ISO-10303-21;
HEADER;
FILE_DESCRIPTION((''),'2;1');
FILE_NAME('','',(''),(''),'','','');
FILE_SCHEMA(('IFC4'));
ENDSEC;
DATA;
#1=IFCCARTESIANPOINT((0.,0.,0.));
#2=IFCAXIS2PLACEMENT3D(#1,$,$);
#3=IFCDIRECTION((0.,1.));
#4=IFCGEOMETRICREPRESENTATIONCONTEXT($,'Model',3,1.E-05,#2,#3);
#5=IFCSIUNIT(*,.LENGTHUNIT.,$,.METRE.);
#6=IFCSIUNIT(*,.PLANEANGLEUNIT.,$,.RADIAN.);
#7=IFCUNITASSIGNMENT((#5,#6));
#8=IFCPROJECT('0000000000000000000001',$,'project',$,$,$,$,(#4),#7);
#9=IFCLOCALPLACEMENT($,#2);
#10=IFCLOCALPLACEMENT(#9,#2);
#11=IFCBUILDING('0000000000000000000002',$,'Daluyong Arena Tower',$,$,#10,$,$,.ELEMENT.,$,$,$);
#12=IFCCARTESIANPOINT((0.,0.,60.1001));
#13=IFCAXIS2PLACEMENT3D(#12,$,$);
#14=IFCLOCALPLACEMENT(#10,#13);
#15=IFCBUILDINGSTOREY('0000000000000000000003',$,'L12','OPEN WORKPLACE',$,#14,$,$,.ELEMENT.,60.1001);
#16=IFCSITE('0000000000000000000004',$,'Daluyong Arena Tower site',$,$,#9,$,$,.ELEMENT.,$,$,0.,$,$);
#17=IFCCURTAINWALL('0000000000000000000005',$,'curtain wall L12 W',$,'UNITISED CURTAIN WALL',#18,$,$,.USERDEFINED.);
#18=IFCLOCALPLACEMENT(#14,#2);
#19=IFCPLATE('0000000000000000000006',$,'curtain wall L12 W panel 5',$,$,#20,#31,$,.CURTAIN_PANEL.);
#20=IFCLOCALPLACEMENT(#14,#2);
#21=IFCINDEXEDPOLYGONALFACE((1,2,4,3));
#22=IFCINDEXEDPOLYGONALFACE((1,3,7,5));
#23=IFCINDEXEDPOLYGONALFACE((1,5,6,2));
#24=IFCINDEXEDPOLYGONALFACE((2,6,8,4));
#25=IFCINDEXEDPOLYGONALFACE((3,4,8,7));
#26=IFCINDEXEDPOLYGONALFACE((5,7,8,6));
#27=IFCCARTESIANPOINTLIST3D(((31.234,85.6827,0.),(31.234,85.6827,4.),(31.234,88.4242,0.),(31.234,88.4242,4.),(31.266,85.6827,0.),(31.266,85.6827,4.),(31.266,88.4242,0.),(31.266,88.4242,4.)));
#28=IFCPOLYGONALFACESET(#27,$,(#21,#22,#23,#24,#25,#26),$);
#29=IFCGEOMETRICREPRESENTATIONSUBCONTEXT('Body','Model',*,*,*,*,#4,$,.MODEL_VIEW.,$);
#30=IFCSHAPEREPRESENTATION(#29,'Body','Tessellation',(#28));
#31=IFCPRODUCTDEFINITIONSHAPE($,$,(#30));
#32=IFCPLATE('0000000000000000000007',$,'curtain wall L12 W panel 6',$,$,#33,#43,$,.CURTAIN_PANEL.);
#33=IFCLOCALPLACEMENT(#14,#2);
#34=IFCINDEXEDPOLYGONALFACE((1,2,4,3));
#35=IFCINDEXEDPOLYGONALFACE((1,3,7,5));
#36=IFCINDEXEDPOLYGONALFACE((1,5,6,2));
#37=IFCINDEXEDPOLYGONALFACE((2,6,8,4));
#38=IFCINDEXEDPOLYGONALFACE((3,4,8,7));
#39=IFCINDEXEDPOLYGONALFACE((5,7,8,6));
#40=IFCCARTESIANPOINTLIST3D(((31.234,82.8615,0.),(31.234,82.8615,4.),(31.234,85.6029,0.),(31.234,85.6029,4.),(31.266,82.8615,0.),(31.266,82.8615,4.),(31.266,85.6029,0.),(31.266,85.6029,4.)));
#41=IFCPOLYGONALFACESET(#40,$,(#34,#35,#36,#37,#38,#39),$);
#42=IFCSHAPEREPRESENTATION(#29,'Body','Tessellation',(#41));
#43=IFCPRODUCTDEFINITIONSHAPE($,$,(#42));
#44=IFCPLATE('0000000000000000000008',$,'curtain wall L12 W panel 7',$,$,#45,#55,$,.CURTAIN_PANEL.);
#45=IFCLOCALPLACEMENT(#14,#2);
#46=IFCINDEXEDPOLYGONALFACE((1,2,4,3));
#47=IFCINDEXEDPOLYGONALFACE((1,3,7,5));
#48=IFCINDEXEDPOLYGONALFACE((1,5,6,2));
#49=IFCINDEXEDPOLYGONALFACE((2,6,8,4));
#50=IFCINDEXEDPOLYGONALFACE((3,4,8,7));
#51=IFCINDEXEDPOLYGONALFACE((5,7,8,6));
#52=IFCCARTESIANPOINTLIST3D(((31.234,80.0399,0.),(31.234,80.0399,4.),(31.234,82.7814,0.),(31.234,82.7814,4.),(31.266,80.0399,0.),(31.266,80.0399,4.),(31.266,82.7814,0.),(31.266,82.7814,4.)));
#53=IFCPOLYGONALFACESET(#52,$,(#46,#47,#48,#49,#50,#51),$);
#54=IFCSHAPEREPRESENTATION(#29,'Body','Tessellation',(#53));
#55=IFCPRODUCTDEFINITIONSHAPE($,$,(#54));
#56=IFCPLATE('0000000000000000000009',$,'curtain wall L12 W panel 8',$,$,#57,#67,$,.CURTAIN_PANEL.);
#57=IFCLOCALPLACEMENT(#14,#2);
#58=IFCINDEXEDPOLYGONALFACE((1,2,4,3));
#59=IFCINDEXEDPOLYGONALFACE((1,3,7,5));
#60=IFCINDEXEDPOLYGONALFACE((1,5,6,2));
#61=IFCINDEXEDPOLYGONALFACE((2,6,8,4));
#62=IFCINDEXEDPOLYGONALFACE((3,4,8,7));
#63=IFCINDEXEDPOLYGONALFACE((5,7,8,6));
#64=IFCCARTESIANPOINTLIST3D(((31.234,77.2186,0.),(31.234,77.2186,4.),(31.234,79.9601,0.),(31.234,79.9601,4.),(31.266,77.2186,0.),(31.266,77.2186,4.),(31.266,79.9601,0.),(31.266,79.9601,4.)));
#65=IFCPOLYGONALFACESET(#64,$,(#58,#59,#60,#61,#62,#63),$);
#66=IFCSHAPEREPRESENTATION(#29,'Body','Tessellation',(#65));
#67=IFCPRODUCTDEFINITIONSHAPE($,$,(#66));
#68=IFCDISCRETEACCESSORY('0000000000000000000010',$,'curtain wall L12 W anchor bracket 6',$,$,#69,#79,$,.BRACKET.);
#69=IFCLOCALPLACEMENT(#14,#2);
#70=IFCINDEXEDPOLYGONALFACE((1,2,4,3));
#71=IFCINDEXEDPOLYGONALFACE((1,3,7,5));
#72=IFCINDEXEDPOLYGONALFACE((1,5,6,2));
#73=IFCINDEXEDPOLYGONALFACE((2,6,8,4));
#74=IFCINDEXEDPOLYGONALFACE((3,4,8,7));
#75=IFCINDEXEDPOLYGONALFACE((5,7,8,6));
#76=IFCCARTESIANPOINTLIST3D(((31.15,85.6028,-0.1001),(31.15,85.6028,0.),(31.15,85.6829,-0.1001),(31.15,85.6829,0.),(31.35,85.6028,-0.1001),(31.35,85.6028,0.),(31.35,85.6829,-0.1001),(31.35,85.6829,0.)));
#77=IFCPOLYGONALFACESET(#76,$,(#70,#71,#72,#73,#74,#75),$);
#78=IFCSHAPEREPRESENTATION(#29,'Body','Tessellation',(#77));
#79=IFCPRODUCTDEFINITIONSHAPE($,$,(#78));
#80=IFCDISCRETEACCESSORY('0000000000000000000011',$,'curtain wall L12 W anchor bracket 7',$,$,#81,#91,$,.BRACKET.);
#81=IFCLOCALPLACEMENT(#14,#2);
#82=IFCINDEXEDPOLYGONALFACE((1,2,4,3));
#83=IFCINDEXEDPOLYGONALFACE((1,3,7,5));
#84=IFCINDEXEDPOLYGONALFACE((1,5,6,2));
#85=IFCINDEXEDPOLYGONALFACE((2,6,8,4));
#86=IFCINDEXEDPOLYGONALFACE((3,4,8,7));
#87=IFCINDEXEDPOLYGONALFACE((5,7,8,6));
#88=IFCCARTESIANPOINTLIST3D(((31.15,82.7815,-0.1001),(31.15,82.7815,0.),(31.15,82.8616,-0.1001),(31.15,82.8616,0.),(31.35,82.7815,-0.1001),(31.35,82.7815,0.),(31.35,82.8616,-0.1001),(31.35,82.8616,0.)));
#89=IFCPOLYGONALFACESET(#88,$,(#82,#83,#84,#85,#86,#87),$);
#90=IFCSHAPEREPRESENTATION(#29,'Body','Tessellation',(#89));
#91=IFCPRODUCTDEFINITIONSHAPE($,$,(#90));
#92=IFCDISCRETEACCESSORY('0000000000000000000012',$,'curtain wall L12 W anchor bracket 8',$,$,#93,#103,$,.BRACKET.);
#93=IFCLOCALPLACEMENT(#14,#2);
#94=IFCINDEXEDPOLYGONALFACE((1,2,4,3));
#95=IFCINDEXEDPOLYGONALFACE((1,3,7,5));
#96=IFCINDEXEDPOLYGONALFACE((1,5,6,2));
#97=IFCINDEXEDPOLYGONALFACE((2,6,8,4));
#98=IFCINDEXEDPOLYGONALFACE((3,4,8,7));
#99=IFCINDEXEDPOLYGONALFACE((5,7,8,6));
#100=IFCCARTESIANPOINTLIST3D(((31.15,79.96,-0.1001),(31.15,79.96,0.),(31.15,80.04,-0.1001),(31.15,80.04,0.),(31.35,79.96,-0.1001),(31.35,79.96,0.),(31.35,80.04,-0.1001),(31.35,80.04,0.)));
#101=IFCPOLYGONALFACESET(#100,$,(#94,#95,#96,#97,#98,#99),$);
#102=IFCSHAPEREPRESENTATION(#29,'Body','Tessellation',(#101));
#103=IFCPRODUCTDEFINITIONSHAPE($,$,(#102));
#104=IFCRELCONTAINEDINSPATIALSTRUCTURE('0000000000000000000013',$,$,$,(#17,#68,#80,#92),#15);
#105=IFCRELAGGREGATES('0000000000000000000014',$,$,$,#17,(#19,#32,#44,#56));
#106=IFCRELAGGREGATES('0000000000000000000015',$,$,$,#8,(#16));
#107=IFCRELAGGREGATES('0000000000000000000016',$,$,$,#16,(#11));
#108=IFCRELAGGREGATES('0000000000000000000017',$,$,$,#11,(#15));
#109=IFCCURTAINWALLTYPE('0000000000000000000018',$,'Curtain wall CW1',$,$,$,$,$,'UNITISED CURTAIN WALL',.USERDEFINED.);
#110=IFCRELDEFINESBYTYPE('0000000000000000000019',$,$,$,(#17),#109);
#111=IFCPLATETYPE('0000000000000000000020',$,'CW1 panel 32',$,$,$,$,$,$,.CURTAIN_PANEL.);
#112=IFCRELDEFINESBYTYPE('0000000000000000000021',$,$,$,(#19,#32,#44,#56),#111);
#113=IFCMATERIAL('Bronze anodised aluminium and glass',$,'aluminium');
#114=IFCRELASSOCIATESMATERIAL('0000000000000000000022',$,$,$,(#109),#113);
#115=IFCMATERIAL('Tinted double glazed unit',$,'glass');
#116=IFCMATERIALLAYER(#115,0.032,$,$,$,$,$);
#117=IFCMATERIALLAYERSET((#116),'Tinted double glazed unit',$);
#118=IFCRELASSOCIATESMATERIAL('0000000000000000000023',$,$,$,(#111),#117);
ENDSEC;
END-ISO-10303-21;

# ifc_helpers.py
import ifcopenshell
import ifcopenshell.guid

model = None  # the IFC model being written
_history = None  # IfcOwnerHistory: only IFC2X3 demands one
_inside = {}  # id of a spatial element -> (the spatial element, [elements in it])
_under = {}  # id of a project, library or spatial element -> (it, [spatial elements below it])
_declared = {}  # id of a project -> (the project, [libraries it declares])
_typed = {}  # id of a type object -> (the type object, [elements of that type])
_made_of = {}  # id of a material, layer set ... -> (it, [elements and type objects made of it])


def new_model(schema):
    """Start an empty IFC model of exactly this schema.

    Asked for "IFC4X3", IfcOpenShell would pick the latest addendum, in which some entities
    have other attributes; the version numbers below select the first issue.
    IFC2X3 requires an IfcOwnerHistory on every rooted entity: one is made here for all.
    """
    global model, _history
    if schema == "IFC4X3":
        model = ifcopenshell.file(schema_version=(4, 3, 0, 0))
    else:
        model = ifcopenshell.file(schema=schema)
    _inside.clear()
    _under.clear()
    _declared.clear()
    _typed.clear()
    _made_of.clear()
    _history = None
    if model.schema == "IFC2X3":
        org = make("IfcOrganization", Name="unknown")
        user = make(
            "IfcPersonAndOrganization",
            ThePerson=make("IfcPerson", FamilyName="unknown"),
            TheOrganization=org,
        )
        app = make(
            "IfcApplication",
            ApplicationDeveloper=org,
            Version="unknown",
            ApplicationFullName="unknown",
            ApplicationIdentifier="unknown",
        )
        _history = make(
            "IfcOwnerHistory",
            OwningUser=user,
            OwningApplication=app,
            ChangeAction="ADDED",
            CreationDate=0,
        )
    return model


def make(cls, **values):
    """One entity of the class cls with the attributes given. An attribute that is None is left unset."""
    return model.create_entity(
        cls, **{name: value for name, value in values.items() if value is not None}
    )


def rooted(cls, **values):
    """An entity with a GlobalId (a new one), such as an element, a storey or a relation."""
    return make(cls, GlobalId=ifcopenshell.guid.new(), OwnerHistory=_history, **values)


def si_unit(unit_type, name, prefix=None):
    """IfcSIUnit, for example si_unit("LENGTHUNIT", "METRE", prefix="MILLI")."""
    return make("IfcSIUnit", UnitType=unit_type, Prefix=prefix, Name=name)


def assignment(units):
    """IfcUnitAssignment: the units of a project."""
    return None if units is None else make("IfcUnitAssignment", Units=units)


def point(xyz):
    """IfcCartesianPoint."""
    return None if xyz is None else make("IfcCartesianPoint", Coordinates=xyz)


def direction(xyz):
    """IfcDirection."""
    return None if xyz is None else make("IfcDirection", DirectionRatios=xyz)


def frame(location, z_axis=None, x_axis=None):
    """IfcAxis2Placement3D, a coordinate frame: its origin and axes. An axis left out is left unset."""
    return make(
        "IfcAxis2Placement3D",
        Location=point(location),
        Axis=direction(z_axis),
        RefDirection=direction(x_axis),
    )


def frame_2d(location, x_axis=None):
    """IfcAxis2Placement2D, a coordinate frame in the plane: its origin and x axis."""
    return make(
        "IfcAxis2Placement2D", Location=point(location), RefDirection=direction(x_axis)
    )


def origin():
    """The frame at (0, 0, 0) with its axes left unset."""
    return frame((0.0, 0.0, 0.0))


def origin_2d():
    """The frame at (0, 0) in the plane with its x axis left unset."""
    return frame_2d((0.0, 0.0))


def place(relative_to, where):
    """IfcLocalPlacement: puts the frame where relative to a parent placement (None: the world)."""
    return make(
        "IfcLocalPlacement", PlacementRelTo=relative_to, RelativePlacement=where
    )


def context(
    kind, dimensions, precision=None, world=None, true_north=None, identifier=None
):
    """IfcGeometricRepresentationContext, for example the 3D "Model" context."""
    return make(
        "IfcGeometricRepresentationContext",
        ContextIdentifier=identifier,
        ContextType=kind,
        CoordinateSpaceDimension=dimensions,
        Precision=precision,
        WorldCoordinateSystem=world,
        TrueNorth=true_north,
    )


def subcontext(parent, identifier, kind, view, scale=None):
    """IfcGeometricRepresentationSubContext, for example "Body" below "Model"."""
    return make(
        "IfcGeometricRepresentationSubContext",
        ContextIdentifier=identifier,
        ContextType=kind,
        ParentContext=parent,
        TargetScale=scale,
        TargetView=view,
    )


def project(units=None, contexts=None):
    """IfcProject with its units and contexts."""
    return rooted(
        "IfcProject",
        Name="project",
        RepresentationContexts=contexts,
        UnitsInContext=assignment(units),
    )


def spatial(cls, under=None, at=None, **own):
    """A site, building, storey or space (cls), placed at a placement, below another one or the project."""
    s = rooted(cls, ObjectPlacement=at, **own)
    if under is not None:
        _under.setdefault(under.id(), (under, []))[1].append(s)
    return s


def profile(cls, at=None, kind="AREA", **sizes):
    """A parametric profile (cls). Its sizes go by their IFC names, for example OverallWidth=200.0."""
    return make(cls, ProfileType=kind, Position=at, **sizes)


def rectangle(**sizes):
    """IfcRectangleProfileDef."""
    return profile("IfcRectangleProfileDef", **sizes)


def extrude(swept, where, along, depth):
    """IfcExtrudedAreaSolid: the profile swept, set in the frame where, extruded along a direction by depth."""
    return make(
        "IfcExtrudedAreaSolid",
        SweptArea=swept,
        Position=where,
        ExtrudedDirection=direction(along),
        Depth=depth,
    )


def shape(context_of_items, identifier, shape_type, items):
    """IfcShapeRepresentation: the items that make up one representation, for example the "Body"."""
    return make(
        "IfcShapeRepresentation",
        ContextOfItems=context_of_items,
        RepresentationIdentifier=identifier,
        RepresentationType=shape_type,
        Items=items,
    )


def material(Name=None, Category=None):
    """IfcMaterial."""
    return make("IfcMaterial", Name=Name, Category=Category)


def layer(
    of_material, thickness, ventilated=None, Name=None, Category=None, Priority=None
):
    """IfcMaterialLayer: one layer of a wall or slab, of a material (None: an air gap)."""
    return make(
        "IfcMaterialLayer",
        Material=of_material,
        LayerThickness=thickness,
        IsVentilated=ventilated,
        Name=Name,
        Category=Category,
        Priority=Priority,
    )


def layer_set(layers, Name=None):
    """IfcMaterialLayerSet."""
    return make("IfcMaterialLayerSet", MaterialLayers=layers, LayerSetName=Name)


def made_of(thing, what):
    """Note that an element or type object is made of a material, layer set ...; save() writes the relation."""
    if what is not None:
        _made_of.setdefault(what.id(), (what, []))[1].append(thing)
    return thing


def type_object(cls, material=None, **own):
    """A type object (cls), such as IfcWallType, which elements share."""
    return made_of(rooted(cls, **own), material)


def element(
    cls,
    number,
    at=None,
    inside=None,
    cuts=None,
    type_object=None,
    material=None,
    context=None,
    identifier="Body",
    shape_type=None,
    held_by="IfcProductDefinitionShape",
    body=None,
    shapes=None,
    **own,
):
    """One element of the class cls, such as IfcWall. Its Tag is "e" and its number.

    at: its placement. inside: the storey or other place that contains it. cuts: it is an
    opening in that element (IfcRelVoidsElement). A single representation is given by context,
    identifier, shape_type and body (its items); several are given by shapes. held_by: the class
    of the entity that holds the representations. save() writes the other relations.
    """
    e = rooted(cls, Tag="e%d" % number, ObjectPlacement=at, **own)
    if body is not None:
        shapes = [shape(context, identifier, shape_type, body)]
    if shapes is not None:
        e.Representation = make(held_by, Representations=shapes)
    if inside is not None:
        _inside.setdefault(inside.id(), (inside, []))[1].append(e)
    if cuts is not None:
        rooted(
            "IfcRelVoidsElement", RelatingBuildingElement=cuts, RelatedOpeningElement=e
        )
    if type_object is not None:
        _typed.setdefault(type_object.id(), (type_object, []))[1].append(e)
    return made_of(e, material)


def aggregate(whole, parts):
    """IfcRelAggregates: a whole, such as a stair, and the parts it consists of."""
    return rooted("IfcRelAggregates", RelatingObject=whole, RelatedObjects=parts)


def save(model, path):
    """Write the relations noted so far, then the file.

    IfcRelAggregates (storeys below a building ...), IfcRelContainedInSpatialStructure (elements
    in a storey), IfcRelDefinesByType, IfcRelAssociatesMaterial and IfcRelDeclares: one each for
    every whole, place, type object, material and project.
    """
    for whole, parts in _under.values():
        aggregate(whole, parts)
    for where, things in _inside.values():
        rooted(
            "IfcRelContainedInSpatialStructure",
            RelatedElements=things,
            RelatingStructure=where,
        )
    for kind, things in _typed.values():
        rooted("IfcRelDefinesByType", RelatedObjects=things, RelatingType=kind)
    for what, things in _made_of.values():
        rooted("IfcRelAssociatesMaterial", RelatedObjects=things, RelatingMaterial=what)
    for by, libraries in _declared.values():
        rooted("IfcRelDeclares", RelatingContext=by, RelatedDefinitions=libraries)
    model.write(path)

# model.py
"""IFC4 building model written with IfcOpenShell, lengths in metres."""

from ifc_helpers import new_model, si_unit, direction, frame, origin, origin_2d, place, context, subcontext, project, spatial, rectangle, extrude, material, layer, layer_set, type_object, element, aggregate, save


model = new_model("IFC4")

# Units and contexts
model_context = context("Model", 3, precision=1e-05, world=origin(), true_north=direction((0.0, 1.0)))
body_context = subcontext(model_context, "Body", "Model", "MODEL_VIEW")
ifc_project = project(units=[si_unit("LENGTHUNIT", "METRE"), si_unit("PLANEANGLEUNIT", "RADIAN")], contexts=[model_context])

# Site, building, storey
site_placement = place(None, origin())
site = spatial("IfcSite", under=ifc_project, at=site_placement, Name="Daluyong Arena Tower site", CompositionType="ELEMENT", RefElevation=0.0)
building_placement = place(site_placement, origin())
building = spatial("IfcBuilding", under=site, at=building_placement, Name="Daluyong Arena Tower", CompositionType="ELEMENT")
storey_placement = place(building_placement, frame((0.0, 0.0, 60.1001)))
storey = spatial("IfcBuildingStorey", under=building, at=storey_placement, Name="L12", Description="OPEN WORKPLACE", CompositionType="ELEMENT", Elevation=60.1001)

# Curtain wall
ifc_material_1 = material(Name="Bronze anodised aluminium and glass", Category="aluminium")
curtain_wall_type = type_object("IfcCurtainWallType", Name="Curtain wall CW1", ElementType="UNITISED CURTAIN WALL", PredefinedType="USERDEFINED", material=ifc_material_1)
curtain_wall_placement = place(storey_placement, origin())
curtain_wall = element("IfcCurtainWall", 1, at=curtain_wall_placement, inside=storey, type_object=curtain_wall_type, Name="curtain wall L12 W", ObjectType="UNITISED CURTAIN WALL", PredefinedType="USERDEFINED")

# Plates
ifc_material_2 = material(Name="Tinted double glazed unit", Category="glass")
ifc_layer = layer(ifc_material_2, 0.032)
ifc_layer_set = layer_set([ifc_layer], Name="Tinted double glazed unit")
plate_type = type_object("IfcPlateType", Name="CW1 panel 32", PredefinedType="CURTAIN_PANEL", material=ifc_layer_set)
plate_1_placement = place(storey_placement, frame((31.25, 87.0535, 0.0), z_axis=(0.0, 0.0, 1.0), x_axis=(0.0, -1.0, 0.0)))
plate_1 = element("IfcPlate", 2, at=plate_1_placement, type_object=plate_type, Name="curtain wall L12 W panel 5", PredefinedType="CURTAIN_PANEL", context=body_context, shape_type="SweptSolid", body=[
    extrude(rectangle(XDim=2.7415, YDim=0.032, at=origin_2d()), origin(), (0.0, 0.0, 1.0), 4.0),
])
plate_2_placement = place(storey_placement, frame((31.25, 84.2322, 0.0), z_axis=(0.0, 0.0, 1.0), x_axis=(0.0, -1.0, 0.0)))
plate_2 = element("IfcPlate", 3, at=plate_2_placement, type_object=plate_type, Name="curtain wall L12 W panel 6", PredefinedType="CURTAIN_PANEL", context=body_context, shape_type="SweptSolid", body=[
    extrude(rectangle(XDim=2.7415, YDim=0.032, at=origin_2d()), origin(), (0.0, 0.0, 1.0), 4.0),
])
plate_3_placement = place(storey_placement, frame((31.25, 81.4106, 0.0), z_axis=(0.0, 0.0, 1.0), x_axis=(0.0, -1.0, 0.0)))
plate_3 = element("IfcPlate", 4, at=plate_3_placement, type_object=plate_type, Name="curtain wall L12 W panel 7", PredefinedType="CURTAIN_PANEL", context=body_context, shape_type="SweptSolid", body=[
    extrude(rectangle(XDim=2.7415, YDim=0.032, at=origin_2d()), origin(), (0.0, 0.0, 1.0), 4.0),
])
plate_4_placement = place(storey_placement, frame((31.25, 78.5894, 0.0), z_axis=(0.0, 0.0, 1.0), x_axis=(0.0, -1.0, 0.0)))
plate_4 = element("IfcPlate", 5, at=plate_4_placement, type_object=plate_type, Name="curtain wall L12 W panel 8", PredefinedType="CURTAIN_PANEL", context=body_context, shape_type="SweptSolid", body=[
    extrude(rectangle(XDim=2.7415, YDim=0.032, at=origin_2d()), origin(), (0.0, 0.0, 1.0), 4.0),
])
aggregate(curtain_wall, [plate_1, plate_2, plate_3, plate_4])

# Discrete accessories
for number, where, z_axis, x_axis, name in (
    (6, (31.25, 85.6428, -0.1001), (0.0, 0.0, 1.0), (0.0, -1.0, 0.0), "curtain wall L12 W anchor bracket 6"),
    (7, (31.25, 82.8215, -0.1001), (0.0, 0.0, 1.0), (0.0, -1.0, 0.0), "curtain wall L12 W anchor bracket 7"),
    (8, (31.25, 80.0, -0.1001), (0.0, 0.0, 1.0), (0.0, -1.0, 0.0), "curtain wall L12 W anchor bracket 8"),
):
    element("IfcDiscreteAccessory", number, at=place(storey_placement, frame(where, z_axis=z_axis, x_axis=x_axis)), inside=storey, Name=name, PredefinedType="BRACKET", context=body_context, shape_type="SweptSolid", body=[
        extrude(rectangle(XDim=0.0801, YDim=0.2, at=origin_2d()), origin(), (0.0, 0.0, 1.0), 0.1001),
    ])

save(model, "model.ifc")
